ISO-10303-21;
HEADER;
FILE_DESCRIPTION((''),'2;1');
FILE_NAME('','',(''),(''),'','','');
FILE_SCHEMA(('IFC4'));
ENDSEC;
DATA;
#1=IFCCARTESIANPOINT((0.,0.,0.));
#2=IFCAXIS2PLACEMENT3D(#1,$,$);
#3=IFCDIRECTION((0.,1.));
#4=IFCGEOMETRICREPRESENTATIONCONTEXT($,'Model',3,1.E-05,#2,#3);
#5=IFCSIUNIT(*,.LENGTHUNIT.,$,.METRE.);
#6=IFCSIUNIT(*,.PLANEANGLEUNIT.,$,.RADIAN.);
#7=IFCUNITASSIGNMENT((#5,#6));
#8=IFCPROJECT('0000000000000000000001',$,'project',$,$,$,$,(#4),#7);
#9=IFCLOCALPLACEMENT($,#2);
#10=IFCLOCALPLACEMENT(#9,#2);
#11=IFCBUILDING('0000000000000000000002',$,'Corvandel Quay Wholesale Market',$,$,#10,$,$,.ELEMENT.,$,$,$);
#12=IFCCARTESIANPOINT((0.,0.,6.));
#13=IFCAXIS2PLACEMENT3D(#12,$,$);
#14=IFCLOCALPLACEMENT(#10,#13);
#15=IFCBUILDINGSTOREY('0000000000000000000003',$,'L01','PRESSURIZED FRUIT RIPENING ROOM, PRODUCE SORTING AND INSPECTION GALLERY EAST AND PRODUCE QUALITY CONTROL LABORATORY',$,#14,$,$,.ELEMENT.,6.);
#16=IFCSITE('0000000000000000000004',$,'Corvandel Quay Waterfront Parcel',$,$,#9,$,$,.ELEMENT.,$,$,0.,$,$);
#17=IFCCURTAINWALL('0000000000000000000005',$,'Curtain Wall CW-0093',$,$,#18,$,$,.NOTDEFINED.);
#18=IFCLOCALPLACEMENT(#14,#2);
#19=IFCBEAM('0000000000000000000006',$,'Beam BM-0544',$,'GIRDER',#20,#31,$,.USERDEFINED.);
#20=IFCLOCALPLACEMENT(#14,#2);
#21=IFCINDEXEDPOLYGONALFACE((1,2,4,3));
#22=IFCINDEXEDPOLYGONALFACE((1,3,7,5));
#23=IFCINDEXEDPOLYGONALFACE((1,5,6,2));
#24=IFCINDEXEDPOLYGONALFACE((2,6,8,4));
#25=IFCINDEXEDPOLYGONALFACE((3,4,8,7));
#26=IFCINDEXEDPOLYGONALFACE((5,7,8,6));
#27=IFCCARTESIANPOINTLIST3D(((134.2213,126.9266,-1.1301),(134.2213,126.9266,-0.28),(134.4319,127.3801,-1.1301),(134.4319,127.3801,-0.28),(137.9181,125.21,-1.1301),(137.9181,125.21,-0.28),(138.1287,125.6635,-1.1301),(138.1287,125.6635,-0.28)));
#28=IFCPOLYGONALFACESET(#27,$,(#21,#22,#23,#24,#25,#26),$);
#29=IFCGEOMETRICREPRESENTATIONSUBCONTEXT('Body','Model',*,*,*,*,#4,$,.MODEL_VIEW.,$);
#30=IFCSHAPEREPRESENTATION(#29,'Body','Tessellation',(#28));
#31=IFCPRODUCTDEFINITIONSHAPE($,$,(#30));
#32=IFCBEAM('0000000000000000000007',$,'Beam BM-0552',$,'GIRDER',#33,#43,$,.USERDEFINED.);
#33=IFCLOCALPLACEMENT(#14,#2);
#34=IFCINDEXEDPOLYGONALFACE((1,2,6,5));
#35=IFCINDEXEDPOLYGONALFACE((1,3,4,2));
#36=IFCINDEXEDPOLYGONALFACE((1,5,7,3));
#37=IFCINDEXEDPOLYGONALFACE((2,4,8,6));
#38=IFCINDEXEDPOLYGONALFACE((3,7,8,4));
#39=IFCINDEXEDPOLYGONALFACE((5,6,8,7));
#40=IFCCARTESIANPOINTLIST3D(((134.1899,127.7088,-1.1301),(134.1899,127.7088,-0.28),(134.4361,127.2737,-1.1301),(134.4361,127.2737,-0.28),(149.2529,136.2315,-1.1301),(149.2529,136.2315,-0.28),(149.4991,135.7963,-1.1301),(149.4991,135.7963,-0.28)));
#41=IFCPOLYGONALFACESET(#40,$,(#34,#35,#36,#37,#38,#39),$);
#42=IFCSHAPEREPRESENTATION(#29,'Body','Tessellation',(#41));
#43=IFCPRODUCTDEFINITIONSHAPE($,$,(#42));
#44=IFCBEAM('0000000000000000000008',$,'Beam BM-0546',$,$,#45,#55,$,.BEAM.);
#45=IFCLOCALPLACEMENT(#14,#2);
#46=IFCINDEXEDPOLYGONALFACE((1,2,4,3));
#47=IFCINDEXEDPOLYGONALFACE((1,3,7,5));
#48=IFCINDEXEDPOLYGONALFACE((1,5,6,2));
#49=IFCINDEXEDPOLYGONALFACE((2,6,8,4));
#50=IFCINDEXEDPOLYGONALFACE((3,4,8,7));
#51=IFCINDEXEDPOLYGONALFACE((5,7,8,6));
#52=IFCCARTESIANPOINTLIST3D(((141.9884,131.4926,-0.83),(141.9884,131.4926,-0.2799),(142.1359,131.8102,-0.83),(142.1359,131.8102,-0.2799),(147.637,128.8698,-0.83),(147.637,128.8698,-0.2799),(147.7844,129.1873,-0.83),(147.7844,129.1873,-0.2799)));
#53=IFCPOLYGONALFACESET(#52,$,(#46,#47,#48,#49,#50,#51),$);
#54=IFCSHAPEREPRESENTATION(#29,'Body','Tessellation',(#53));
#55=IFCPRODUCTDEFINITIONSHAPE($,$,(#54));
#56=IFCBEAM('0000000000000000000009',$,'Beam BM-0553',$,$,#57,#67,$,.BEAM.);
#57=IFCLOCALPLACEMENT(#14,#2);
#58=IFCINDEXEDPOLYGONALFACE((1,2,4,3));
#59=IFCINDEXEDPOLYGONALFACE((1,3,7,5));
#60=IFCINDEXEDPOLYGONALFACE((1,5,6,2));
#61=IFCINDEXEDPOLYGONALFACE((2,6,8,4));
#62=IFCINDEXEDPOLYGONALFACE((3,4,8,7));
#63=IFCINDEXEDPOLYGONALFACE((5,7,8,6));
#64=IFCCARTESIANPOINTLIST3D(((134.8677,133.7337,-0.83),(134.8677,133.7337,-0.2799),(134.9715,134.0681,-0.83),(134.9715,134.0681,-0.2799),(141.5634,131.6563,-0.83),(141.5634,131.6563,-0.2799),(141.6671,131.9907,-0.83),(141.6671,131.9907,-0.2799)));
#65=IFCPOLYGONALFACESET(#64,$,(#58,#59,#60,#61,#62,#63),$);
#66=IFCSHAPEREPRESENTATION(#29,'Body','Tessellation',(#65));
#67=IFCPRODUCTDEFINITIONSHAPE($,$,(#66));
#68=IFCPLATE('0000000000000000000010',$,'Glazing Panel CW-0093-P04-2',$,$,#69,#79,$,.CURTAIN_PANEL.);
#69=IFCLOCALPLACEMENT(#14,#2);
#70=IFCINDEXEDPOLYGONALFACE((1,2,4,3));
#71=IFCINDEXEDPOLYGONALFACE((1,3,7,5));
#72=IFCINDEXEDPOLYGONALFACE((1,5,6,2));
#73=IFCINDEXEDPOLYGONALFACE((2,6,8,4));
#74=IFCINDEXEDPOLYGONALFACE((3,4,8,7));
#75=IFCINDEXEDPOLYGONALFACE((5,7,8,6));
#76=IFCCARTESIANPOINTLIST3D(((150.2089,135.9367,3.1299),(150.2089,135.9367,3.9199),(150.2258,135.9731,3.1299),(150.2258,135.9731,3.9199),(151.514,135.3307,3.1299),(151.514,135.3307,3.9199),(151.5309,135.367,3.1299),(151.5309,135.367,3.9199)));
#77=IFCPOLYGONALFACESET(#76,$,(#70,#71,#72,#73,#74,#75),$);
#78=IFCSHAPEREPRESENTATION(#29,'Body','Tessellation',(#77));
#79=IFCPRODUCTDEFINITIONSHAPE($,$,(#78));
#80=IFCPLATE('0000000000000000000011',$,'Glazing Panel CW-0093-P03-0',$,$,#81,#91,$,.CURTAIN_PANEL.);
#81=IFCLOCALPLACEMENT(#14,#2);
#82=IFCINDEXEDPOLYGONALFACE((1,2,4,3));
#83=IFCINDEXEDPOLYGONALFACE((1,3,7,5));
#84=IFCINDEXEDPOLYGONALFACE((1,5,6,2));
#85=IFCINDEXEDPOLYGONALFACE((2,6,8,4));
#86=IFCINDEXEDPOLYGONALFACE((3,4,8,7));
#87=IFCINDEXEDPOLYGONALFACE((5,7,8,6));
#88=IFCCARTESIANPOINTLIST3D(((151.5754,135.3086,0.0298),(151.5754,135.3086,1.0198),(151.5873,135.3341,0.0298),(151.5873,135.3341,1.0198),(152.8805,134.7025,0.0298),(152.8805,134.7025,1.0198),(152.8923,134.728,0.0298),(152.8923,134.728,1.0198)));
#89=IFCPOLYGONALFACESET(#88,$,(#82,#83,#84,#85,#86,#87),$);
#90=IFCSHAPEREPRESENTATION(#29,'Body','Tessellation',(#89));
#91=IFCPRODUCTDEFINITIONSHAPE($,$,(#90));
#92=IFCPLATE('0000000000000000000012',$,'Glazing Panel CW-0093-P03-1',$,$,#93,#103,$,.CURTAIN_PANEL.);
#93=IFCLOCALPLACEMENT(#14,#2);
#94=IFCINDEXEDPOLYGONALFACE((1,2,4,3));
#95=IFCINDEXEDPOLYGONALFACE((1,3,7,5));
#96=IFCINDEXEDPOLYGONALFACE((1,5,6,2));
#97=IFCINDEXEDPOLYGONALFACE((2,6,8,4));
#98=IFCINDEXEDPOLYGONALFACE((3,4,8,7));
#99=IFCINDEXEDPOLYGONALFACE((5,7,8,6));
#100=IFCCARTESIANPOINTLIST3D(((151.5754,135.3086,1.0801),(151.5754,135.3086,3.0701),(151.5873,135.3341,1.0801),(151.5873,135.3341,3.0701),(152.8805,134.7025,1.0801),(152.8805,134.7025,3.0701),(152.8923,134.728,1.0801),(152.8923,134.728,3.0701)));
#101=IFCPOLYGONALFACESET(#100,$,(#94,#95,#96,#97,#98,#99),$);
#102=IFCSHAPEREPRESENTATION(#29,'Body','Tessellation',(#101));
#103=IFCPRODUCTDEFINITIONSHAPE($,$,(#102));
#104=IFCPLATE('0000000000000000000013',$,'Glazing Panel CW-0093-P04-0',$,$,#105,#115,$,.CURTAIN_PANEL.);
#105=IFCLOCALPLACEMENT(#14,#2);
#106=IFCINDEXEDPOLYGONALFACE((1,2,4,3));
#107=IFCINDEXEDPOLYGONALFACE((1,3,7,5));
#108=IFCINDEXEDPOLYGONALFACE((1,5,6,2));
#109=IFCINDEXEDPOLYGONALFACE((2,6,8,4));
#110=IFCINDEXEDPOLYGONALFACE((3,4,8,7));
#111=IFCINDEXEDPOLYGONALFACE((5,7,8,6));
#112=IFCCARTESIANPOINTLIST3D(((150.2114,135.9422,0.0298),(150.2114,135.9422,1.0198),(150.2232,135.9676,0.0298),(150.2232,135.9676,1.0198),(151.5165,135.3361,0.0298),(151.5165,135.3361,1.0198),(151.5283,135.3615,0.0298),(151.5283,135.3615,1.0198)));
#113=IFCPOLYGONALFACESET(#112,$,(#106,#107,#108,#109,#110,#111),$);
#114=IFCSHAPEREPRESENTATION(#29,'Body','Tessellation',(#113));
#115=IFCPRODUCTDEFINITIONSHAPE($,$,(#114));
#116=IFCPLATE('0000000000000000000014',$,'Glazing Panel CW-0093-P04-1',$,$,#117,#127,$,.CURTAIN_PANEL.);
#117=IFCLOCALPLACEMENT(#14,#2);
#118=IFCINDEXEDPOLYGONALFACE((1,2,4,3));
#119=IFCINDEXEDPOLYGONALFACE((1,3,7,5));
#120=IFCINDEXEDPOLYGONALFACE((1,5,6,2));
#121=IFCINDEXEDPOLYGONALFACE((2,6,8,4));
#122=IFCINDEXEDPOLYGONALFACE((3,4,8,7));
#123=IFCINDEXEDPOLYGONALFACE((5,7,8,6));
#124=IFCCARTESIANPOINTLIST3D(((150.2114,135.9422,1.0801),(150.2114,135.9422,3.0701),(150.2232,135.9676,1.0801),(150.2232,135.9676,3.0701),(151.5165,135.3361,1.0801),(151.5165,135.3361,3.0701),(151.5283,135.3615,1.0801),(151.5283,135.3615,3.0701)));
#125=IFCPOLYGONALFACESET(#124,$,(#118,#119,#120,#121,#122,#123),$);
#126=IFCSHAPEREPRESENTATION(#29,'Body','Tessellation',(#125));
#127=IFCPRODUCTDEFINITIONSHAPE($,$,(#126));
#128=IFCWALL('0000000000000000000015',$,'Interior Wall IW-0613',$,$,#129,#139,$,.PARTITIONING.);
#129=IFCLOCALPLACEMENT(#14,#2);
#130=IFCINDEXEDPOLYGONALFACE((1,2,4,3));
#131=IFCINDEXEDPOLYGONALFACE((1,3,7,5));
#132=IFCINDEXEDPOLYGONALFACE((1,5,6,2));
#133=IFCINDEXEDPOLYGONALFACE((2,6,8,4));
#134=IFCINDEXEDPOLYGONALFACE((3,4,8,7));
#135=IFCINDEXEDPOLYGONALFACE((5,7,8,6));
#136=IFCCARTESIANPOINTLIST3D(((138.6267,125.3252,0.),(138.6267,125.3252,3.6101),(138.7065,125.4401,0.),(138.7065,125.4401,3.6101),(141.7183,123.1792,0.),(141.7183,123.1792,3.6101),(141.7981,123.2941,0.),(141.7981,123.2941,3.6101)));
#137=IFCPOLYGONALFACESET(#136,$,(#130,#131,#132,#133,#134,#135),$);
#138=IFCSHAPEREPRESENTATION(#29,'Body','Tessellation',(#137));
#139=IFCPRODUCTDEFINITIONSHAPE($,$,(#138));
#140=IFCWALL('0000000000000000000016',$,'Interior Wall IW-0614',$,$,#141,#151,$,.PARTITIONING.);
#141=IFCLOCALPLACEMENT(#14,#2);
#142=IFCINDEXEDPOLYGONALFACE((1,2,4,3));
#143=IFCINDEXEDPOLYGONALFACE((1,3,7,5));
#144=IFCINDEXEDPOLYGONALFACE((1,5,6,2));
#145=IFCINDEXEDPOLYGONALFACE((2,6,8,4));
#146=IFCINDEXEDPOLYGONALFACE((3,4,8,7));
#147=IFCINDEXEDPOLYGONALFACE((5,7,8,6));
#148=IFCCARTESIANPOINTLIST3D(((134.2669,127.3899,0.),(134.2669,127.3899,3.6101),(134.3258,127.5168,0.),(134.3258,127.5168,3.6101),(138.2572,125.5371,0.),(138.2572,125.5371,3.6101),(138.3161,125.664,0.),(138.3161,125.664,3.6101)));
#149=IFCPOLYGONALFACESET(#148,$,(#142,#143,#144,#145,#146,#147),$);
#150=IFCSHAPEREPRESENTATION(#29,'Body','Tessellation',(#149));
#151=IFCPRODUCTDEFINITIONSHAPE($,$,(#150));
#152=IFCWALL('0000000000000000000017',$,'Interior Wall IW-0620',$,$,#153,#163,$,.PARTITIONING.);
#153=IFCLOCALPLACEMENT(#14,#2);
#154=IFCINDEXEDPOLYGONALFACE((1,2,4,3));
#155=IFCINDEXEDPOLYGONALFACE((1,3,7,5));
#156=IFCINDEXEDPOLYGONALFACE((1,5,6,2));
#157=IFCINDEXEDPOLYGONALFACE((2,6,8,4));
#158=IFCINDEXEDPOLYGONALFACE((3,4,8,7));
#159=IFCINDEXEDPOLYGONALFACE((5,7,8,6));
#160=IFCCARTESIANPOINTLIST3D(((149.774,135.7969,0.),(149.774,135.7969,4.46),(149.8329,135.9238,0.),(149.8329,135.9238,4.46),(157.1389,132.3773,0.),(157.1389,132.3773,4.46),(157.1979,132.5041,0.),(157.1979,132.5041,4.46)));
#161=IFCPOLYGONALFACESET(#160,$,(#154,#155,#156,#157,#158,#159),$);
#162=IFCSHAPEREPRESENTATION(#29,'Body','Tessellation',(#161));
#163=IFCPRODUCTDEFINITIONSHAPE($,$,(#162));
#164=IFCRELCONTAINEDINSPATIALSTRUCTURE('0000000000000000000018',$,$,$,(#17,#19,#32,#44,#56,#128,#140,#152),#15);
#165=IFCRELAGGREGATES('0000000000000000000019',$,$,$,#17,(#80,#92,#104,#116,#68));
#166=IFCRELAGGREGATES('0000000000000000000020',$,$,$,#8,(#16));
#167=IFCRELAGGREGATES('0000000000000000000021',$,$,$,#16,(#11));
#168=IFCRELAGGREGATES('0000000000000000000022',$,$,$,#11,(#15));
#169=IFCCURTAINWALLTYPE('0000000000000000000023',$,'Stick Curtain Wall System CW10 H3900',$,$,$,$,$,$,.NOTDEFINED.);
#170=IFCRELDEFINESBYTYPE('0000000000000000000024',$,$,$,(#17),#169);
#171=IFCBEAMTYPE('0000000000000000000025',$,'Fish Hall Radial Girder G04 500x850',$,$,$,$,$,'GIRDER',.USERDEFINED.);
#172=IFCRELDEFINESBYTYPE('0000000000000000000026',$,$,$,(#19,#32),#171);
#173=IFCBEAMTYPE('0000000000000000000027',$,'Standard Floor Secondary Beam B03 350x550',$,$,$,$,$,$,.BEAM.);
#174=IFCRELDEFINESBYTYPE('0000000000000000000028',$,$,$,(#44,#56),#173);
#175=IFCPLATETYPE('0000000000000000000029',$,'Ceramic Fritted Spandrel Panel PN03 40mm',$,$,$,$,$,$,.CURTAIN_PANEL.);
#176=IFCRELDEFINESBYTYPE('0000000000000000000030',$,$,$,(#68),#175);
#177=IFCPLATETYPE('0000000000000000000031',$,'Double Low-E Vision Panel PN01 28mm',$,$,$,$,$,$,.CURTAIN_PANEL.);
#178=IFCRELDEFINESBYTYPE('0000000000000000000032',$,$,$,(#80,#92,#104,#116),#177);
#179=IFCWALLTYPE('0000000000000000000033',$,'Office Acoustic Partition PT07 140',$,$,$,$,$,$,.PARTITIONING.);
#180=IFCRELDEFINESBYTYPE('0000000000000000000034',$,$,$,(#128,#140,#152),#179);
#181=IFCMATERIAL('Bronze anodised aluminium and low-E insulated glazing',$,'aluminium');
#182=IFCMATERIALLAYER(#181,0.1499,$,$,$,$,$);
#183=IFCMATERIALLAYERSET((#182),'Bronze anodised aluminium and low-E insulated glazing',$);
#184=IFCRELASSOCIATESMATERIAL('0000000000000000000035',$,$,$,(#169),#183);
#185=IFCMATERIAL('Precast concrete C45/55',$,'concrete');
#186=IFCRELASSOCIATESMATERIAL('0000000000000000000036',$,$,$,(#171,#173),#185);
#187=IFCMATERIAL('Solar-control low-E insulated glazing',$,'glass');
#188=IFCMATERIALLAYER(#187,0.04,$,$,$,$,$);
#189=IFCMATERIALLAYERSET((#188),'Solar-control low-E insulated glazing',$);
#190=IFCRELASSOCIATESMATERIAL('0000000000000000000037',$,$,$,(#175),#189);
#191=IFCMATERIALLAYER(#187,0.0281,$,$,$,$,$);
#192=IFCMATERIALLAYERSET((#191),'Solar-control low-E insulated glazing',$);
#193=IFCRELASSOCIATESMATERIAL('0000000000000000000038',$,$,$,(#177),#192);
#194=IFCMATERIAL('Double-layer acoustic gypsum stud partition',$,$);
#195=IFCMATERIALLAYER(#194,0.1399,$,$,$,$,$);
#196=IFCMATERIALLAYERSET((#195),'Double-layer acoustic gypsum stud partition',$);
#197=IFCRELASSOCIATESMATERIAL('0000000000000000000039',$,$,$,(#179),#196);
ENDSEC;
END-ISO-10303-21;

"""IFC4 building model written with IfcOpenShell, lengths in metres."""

from ifc_helpers import new_model, si_unit, direction, frame, frame_2d, origin, origin_2d, place, context, subcontext, project, spatial, rectangle, extrude, material, layer, layer_set, material_profile, profile_set, type_object, element, aggregate, save


model = new_model("IFC4")

# Units and contexts
model_context = context("Model", 3, precision=1e-05, world=origin(), true_north=direction((0.0, 1.0)))
body_context = subcontext(model_context, "Body", "Model", "MODEL_VIEW")
ifc_project = project(units=[si_unit("LENGTHUNIT", "METRE"), si_unit("PLANEANGLEUNIT", "RADIAN")], contexts=[model_context])

# Site, building, storey
site_placement = place(None, origin())
site = spatial("IfcSite", under=ifc_project, at=site_placement, Name="Corvandel Quay Waterfront Parcel", CompositionType="ELEMENT", RefElevation=0.0)
building_placement = place(site_placement, origin())
building = spatial("IfcBuilding", under=site, at=building_placement, Name="Corvandel Quay Wholesale Market", CompositionType="ELEMENT")
storey_placement = place(building_placement, frame((0.0, 0.0, 6.0)))
storey = spatial("IfcBuildingStorey", under=building, at=storey_placement, Name="L01", Description="PRESSURIZED FRUIT RIPENING ROOM, PRODUCE SORTING AND INSPECTION GALLERY EAST AND PRODUCE QUALITY CONTROL LABORATORY", CompositionType="ELEMENT", Elevation=6.0)

# Shared definitions
ifc_material_1 = material(Name="Precast concrete C45/55", Category="concrete")

# Curtain wall
ifc_material_2 = material(Name="Bronze anodised aluminium and low-E insulated glazing", Category="aluminium")
ifc_layer_1 = layer(ifc_material_2, 0.1499)
ifc_layer_set_1 = layer_set([ifc_layer_1], Name="Bronze anodised aluminium and low-E insulated glazing")
curtain_wall_type = type_object("IfcCurtainWallType", Name="Stick Curtain Wall System CW10 H3900", PredefinedType="NOTDEFINED", material=ifc_layer_set_1)
curtain_wall_placement = place(storey_placement, origin())
curtain_wall = element("IfcCurtainWall", 1, at=curtain_wall_placement, inside=storey, type_object=curtain_wall_type, Name="Curtain Wall CW-0093", PredefinedType="NOTDEFINED")

# Beams
ifc_material_profile_1 = material_profile(ifc_material_1, rectangle(XDim=0.5, YDim=0.8501, at=origin_2d()), Name="PC-GIR-500x850")
ifc_profile_set_1 = profile_set([ifc_material_profile_1], Name="Precast concrete C45/55")
beam_type_1 = type_object("IfcBeamType", Name="Fish Hall Radial Girder G04 500x850", ElementType="GIRDER", PredefinedType="USERDEFINED", material=ifc_profile_set_1)
beam_1_placement = place(storey_placement, frame((138.0234, 125.4368, -0.7051), z_axis=(-0.906991, 0.42115, 0.0), x_axis=(-0.42115, -0.906991, 0.0)))
element("IfcBeam", 2, at=beam_1_placement, inside=storey, type_object=beam_type_1, Name="Beam BM-0544", ObjectType="GIRDER", PredefinedType="USERDEFINED", context=body_context, shape_type="SweptSolid", body=[
    extrude(rectangle(XDim=0.5, YDim=0.8501, at=origin_2d()), origin(), (0.0, 0.0, 1.0), 4.0759),
])
beam_2_placement = place(storey_placement, frame((149.376, 136.0139, -0.7051), z_axis=(-0.870344, -0.492444, 0.0), x_axis=(0.492444, -0.870344, 0.0)))
element("IfcBeam", 3, at=beam_2_placement, inside=storey, type_object=beam_type_1, Name="Beam BM-0552", ObjectType="GIRDER", PredefinedType="USERDEFINED", context=body_context, shape_type="SweptSolid", body=[
    extrude(rectangle(XDim=0.5, YDim=0.8501, at=origin_2d()), origin(), (0.0, 0.0, 1.0), 17.3069),
])
ifc_material_profile_2 = material_profile(ifc_material_1, rectangle(XDim=0.3501, YDim=0.55, at=origin_2d()), Name="PC-BM-350x550")
ifc_profile_set_2 = profile_set([ifc_material_profile_2], Name="Precast concrete C45/55")
beam_type_2 = type_object("IfcBeamType", Name="Standard Floor Secondary Beam B03 350x550", PredefinedType="BEAM", material=ifc_profile_set_2)
beam_3_placement = place(storey_placement, frame((147.7107, 129.0286, -0.5549), z_axis=(-0.90699, 0.421153, 0.0), x_axis=(-0.421153, -0.90699, 0.0)))
element("IfcBeam", 4, at=beam_3_placement, inside=storey, type_object=beam_type_2, Name="Beam BM-0546", PredefinedType="BEAM", context=body_context, shape_type="SweptSolid", body=[
    extrude(rectangle(XDim=0.3501, YDim=0.55, at=origin_2d()), origin(), (0.0, 0.0, 1.0), 6.2278),
])
beam_4_placement = place(storey_placement, frame((141.6152, 131.8235, -0.5549), z_axis=(-0.955086, 0.296329, 0.0), x_axis=(-0.296329, -0.955086, 0.0)))
element("IfcBeam", 5, at=beam_4_placement, inside=storey, type_object=beam_type_2, Name="Beam BM-0553", PredefinedType="BEAM", context=body_context, shape_type="SweptSolid", body=[
    extrude(rectangle(XDim=0.3501, YDim=0.55, at=origin_2d()), origin(), (0.0, 0.0, 1.0), 7.0105),
])

# Plates
ifc_material_3 = material(Name="Solar-control low-E insulated glazing", Category="glass")
ifc_layer_2 = layer(ifc_material_3, 0.04)
ifc_layer_set_2 = layer_set([ifc_layer_2], Name="Solar-control low-E insulated glazing")
plate_type_1 = type_object("IfcPlateType", Name="Ceramic Fritted Spandrel Panel PN03 40mm", PredefinedType="CURTAIN_PANEL", material=ifc_layer_set_2)
plate_1_placement = place(storey_placement, frame((150.8699, 135.6519, 3.1299), z_axis=(0.0, 0.0, 1.0), x_axis=(-0.906971, 0.421194, 0.0)))
plate_1 = element("IfcPlate", 6, at=plate_1_placement, type_object=plate_type_1, Name="Glazing Panel CW-0093-P04-2", PredefinedType="CURTAIN_PANEL", context=body_context, shape_type="SweptSolid", body=[
    extrude(rectangle(XDim=1.439, YDim=0.04, at=origin_2d()), origin(), (0.0, 0.0, 1.0), 0.79),
])
ifc_layer_3 = layer(ifc_material_3, 0.0281)
ifc_layer_set_3 = layer_set([ifc_layer_3], Name="Solar-control low-E insulated glazing")
plate_type_2 = type_object("IfcPlateType", Name="Double Low-E Vision Panel PN01 28mm", PredefinedType="CURTAIN_PANEL", material=ifc_layer_set_3)
plate_2_placement = place(storey_placement, frame((152.2339, 135.0183, 0.0298), z_axis=(0.0, 0.0, 1.0), x_axis=(-0.906971, 0.421194, 0.0)))
plate_2 = element("IfcPlate", 7, at=plate_2_placement, type_object=plate_type_2, Name="Glazing Panel CW-0093-P03-0", PredefinedType="CURTAIN_PANEL", context=body_context, shape_type="SweptSolid", body=[
    extrude(rectangle(XDim=1.439, YDim=0.0281, at=origin_2d()), origin(), (0.0, 0.0, 1.0), 0.99),
])
plate_3_placement = place(storey_placement, frame((152.2339, 135.0183, 1.0801), z_axis=(0.0, 0.0, 1.0), x_axis=(-0.906971, 0.421194, 0.0)))
plate_3 = element("IfcPlate", 8, at=plate_3_placement, type_object=plate_type_2, Name="Glazing Panel CW-0093-P03-1", PredefinedType="CURTAIN_PANEL", context=body_context, shape_type="SweptSolid", body=[
    extrude(rectangle(XDim=1.439, YDim=0.0281, at=origin_2d()), origin(), (0.0, 0.0, 1.0), 1.99),
])
plate_4_placement = place(storey_placement, frame((150.8699, 135.6519, 0.0298), z_axis=(0.0, 0.0, 1.0), x_axis=(-0.906971, 0.421194, 0.0)))
plate_4 = element("IfcPlate", 9, at=plate_4_placement, type_object=plate_type_2, Name="Glazing Panel CW-0093-P04-0", PredefinedType="CURTAIN_PANEL", context=body_context, shape_type="SweptSolid", body=[
    extrude(rectangle(XDim=1.439, YDim=0.0281, at=origin_2d()), origin(), (0.0, 0.0, 1.0), 0.99),
])
plate_5_placement = place(storey_placement, frame((150.8699, 135.6519, 1.0801), z_axis=(0.0, 0.0, 1.0), x_axis=(-0.906971, 0.421194, 0.0)))
plate_5 = element("IfcPlate", 10, at=plate_5_placement, type_object=plate_type_2, Name="Glazing Panel CW-0093-P04-1", PredefinedType="CURTAIN_PANEL", context=body_context, shape_type="SweptSolid", body=[
    extrude(rectangle(XDim=1.439, YDim=0.0281, at=origin_2d()), origin(), (0.0, 0.0, 1.0), 1.99),
])
aggregate(curtain_wall, [plate_2, plate_3, plate_4, plate_5, plate_1])

# Walls
ifc_material_4 = material(Name="Double-layer acoustic gypsum stud partition")
ifc_layer_4 = layer(ifc_material_4, 0.1399)
ifc_layer_set_4 = layer_set([ifc_layer_4], Name="Double-layer acoustic gypsum stud partition")
wall_type = type_object("IfcWallType", Name="Office Acoustic Partition PT07 140", PredefinedType="PARTITIONING", material=ifc_layer_set_4)
wall_1_placement = place(storey_placement, frame((141.7583, 123.2366, 0.0), z_axis=(0.0, 0.0, 1.0), x_axis=(-0.821484, 0.570232, 0.0)))
element("IfcWall", 11, at=wall_1_placement, inside=storey, type_object=wall_type, Name="Interior Wall IW-0613", PredefinedType="PARTITIONING", context=body_context, shape_type="SweptSolid", body=[
    extrude(rectangle(XDim=3.7634, YDim=0.1399, at=frame_2d((1.8818, 0.0))), origin(), (0.0, 0.0, 1.0), 3.6101),
])
wall_2_placement = place(storey_placement, frame((138.2866, 125.6006, 0.0), z_axis=(0.0, 0.0, 1.0), x_axis=(-0.906994, 0.421144, 0.0)))
element("IfcWall", 12, at=wall_2_placement, inside=storey, type_object=wall_type, Name="Interior Wall IW-0614", PredefinedType="PARTITIONING", context=body_context, shape_type="SweptSolid", body=[
    extrude(rectangle(XDim=4.3994, YDim=0.1399, at=frame_2d((2.1997, 0.0))), origin(), (0.0, 0.0, 1.0), 3.6101),
])
wall_3_placement = place(storey_placement, frame((149.8035, 135.8604, 0.0), z_axis=(0.0, 0.0, 1.0), x_axis=(0.906999, -0.421133, 0.0)))
element("IfcWall", 13, at=wall_3_placement, inside=storey, type_object=wall_type, Name="Interior Wall IW-0620", PredefinedType="PARTITIONING", context=body_context, shape_type="SweptSolid", body=[
    extrude(rectangle(XDim=8.1201, YDim=0.1399, at=frame_2d((4.0601, 0.0))), origin(), (0.0, 0.0, 1.0), 4.46),
])

save(model, "model.ifc")
